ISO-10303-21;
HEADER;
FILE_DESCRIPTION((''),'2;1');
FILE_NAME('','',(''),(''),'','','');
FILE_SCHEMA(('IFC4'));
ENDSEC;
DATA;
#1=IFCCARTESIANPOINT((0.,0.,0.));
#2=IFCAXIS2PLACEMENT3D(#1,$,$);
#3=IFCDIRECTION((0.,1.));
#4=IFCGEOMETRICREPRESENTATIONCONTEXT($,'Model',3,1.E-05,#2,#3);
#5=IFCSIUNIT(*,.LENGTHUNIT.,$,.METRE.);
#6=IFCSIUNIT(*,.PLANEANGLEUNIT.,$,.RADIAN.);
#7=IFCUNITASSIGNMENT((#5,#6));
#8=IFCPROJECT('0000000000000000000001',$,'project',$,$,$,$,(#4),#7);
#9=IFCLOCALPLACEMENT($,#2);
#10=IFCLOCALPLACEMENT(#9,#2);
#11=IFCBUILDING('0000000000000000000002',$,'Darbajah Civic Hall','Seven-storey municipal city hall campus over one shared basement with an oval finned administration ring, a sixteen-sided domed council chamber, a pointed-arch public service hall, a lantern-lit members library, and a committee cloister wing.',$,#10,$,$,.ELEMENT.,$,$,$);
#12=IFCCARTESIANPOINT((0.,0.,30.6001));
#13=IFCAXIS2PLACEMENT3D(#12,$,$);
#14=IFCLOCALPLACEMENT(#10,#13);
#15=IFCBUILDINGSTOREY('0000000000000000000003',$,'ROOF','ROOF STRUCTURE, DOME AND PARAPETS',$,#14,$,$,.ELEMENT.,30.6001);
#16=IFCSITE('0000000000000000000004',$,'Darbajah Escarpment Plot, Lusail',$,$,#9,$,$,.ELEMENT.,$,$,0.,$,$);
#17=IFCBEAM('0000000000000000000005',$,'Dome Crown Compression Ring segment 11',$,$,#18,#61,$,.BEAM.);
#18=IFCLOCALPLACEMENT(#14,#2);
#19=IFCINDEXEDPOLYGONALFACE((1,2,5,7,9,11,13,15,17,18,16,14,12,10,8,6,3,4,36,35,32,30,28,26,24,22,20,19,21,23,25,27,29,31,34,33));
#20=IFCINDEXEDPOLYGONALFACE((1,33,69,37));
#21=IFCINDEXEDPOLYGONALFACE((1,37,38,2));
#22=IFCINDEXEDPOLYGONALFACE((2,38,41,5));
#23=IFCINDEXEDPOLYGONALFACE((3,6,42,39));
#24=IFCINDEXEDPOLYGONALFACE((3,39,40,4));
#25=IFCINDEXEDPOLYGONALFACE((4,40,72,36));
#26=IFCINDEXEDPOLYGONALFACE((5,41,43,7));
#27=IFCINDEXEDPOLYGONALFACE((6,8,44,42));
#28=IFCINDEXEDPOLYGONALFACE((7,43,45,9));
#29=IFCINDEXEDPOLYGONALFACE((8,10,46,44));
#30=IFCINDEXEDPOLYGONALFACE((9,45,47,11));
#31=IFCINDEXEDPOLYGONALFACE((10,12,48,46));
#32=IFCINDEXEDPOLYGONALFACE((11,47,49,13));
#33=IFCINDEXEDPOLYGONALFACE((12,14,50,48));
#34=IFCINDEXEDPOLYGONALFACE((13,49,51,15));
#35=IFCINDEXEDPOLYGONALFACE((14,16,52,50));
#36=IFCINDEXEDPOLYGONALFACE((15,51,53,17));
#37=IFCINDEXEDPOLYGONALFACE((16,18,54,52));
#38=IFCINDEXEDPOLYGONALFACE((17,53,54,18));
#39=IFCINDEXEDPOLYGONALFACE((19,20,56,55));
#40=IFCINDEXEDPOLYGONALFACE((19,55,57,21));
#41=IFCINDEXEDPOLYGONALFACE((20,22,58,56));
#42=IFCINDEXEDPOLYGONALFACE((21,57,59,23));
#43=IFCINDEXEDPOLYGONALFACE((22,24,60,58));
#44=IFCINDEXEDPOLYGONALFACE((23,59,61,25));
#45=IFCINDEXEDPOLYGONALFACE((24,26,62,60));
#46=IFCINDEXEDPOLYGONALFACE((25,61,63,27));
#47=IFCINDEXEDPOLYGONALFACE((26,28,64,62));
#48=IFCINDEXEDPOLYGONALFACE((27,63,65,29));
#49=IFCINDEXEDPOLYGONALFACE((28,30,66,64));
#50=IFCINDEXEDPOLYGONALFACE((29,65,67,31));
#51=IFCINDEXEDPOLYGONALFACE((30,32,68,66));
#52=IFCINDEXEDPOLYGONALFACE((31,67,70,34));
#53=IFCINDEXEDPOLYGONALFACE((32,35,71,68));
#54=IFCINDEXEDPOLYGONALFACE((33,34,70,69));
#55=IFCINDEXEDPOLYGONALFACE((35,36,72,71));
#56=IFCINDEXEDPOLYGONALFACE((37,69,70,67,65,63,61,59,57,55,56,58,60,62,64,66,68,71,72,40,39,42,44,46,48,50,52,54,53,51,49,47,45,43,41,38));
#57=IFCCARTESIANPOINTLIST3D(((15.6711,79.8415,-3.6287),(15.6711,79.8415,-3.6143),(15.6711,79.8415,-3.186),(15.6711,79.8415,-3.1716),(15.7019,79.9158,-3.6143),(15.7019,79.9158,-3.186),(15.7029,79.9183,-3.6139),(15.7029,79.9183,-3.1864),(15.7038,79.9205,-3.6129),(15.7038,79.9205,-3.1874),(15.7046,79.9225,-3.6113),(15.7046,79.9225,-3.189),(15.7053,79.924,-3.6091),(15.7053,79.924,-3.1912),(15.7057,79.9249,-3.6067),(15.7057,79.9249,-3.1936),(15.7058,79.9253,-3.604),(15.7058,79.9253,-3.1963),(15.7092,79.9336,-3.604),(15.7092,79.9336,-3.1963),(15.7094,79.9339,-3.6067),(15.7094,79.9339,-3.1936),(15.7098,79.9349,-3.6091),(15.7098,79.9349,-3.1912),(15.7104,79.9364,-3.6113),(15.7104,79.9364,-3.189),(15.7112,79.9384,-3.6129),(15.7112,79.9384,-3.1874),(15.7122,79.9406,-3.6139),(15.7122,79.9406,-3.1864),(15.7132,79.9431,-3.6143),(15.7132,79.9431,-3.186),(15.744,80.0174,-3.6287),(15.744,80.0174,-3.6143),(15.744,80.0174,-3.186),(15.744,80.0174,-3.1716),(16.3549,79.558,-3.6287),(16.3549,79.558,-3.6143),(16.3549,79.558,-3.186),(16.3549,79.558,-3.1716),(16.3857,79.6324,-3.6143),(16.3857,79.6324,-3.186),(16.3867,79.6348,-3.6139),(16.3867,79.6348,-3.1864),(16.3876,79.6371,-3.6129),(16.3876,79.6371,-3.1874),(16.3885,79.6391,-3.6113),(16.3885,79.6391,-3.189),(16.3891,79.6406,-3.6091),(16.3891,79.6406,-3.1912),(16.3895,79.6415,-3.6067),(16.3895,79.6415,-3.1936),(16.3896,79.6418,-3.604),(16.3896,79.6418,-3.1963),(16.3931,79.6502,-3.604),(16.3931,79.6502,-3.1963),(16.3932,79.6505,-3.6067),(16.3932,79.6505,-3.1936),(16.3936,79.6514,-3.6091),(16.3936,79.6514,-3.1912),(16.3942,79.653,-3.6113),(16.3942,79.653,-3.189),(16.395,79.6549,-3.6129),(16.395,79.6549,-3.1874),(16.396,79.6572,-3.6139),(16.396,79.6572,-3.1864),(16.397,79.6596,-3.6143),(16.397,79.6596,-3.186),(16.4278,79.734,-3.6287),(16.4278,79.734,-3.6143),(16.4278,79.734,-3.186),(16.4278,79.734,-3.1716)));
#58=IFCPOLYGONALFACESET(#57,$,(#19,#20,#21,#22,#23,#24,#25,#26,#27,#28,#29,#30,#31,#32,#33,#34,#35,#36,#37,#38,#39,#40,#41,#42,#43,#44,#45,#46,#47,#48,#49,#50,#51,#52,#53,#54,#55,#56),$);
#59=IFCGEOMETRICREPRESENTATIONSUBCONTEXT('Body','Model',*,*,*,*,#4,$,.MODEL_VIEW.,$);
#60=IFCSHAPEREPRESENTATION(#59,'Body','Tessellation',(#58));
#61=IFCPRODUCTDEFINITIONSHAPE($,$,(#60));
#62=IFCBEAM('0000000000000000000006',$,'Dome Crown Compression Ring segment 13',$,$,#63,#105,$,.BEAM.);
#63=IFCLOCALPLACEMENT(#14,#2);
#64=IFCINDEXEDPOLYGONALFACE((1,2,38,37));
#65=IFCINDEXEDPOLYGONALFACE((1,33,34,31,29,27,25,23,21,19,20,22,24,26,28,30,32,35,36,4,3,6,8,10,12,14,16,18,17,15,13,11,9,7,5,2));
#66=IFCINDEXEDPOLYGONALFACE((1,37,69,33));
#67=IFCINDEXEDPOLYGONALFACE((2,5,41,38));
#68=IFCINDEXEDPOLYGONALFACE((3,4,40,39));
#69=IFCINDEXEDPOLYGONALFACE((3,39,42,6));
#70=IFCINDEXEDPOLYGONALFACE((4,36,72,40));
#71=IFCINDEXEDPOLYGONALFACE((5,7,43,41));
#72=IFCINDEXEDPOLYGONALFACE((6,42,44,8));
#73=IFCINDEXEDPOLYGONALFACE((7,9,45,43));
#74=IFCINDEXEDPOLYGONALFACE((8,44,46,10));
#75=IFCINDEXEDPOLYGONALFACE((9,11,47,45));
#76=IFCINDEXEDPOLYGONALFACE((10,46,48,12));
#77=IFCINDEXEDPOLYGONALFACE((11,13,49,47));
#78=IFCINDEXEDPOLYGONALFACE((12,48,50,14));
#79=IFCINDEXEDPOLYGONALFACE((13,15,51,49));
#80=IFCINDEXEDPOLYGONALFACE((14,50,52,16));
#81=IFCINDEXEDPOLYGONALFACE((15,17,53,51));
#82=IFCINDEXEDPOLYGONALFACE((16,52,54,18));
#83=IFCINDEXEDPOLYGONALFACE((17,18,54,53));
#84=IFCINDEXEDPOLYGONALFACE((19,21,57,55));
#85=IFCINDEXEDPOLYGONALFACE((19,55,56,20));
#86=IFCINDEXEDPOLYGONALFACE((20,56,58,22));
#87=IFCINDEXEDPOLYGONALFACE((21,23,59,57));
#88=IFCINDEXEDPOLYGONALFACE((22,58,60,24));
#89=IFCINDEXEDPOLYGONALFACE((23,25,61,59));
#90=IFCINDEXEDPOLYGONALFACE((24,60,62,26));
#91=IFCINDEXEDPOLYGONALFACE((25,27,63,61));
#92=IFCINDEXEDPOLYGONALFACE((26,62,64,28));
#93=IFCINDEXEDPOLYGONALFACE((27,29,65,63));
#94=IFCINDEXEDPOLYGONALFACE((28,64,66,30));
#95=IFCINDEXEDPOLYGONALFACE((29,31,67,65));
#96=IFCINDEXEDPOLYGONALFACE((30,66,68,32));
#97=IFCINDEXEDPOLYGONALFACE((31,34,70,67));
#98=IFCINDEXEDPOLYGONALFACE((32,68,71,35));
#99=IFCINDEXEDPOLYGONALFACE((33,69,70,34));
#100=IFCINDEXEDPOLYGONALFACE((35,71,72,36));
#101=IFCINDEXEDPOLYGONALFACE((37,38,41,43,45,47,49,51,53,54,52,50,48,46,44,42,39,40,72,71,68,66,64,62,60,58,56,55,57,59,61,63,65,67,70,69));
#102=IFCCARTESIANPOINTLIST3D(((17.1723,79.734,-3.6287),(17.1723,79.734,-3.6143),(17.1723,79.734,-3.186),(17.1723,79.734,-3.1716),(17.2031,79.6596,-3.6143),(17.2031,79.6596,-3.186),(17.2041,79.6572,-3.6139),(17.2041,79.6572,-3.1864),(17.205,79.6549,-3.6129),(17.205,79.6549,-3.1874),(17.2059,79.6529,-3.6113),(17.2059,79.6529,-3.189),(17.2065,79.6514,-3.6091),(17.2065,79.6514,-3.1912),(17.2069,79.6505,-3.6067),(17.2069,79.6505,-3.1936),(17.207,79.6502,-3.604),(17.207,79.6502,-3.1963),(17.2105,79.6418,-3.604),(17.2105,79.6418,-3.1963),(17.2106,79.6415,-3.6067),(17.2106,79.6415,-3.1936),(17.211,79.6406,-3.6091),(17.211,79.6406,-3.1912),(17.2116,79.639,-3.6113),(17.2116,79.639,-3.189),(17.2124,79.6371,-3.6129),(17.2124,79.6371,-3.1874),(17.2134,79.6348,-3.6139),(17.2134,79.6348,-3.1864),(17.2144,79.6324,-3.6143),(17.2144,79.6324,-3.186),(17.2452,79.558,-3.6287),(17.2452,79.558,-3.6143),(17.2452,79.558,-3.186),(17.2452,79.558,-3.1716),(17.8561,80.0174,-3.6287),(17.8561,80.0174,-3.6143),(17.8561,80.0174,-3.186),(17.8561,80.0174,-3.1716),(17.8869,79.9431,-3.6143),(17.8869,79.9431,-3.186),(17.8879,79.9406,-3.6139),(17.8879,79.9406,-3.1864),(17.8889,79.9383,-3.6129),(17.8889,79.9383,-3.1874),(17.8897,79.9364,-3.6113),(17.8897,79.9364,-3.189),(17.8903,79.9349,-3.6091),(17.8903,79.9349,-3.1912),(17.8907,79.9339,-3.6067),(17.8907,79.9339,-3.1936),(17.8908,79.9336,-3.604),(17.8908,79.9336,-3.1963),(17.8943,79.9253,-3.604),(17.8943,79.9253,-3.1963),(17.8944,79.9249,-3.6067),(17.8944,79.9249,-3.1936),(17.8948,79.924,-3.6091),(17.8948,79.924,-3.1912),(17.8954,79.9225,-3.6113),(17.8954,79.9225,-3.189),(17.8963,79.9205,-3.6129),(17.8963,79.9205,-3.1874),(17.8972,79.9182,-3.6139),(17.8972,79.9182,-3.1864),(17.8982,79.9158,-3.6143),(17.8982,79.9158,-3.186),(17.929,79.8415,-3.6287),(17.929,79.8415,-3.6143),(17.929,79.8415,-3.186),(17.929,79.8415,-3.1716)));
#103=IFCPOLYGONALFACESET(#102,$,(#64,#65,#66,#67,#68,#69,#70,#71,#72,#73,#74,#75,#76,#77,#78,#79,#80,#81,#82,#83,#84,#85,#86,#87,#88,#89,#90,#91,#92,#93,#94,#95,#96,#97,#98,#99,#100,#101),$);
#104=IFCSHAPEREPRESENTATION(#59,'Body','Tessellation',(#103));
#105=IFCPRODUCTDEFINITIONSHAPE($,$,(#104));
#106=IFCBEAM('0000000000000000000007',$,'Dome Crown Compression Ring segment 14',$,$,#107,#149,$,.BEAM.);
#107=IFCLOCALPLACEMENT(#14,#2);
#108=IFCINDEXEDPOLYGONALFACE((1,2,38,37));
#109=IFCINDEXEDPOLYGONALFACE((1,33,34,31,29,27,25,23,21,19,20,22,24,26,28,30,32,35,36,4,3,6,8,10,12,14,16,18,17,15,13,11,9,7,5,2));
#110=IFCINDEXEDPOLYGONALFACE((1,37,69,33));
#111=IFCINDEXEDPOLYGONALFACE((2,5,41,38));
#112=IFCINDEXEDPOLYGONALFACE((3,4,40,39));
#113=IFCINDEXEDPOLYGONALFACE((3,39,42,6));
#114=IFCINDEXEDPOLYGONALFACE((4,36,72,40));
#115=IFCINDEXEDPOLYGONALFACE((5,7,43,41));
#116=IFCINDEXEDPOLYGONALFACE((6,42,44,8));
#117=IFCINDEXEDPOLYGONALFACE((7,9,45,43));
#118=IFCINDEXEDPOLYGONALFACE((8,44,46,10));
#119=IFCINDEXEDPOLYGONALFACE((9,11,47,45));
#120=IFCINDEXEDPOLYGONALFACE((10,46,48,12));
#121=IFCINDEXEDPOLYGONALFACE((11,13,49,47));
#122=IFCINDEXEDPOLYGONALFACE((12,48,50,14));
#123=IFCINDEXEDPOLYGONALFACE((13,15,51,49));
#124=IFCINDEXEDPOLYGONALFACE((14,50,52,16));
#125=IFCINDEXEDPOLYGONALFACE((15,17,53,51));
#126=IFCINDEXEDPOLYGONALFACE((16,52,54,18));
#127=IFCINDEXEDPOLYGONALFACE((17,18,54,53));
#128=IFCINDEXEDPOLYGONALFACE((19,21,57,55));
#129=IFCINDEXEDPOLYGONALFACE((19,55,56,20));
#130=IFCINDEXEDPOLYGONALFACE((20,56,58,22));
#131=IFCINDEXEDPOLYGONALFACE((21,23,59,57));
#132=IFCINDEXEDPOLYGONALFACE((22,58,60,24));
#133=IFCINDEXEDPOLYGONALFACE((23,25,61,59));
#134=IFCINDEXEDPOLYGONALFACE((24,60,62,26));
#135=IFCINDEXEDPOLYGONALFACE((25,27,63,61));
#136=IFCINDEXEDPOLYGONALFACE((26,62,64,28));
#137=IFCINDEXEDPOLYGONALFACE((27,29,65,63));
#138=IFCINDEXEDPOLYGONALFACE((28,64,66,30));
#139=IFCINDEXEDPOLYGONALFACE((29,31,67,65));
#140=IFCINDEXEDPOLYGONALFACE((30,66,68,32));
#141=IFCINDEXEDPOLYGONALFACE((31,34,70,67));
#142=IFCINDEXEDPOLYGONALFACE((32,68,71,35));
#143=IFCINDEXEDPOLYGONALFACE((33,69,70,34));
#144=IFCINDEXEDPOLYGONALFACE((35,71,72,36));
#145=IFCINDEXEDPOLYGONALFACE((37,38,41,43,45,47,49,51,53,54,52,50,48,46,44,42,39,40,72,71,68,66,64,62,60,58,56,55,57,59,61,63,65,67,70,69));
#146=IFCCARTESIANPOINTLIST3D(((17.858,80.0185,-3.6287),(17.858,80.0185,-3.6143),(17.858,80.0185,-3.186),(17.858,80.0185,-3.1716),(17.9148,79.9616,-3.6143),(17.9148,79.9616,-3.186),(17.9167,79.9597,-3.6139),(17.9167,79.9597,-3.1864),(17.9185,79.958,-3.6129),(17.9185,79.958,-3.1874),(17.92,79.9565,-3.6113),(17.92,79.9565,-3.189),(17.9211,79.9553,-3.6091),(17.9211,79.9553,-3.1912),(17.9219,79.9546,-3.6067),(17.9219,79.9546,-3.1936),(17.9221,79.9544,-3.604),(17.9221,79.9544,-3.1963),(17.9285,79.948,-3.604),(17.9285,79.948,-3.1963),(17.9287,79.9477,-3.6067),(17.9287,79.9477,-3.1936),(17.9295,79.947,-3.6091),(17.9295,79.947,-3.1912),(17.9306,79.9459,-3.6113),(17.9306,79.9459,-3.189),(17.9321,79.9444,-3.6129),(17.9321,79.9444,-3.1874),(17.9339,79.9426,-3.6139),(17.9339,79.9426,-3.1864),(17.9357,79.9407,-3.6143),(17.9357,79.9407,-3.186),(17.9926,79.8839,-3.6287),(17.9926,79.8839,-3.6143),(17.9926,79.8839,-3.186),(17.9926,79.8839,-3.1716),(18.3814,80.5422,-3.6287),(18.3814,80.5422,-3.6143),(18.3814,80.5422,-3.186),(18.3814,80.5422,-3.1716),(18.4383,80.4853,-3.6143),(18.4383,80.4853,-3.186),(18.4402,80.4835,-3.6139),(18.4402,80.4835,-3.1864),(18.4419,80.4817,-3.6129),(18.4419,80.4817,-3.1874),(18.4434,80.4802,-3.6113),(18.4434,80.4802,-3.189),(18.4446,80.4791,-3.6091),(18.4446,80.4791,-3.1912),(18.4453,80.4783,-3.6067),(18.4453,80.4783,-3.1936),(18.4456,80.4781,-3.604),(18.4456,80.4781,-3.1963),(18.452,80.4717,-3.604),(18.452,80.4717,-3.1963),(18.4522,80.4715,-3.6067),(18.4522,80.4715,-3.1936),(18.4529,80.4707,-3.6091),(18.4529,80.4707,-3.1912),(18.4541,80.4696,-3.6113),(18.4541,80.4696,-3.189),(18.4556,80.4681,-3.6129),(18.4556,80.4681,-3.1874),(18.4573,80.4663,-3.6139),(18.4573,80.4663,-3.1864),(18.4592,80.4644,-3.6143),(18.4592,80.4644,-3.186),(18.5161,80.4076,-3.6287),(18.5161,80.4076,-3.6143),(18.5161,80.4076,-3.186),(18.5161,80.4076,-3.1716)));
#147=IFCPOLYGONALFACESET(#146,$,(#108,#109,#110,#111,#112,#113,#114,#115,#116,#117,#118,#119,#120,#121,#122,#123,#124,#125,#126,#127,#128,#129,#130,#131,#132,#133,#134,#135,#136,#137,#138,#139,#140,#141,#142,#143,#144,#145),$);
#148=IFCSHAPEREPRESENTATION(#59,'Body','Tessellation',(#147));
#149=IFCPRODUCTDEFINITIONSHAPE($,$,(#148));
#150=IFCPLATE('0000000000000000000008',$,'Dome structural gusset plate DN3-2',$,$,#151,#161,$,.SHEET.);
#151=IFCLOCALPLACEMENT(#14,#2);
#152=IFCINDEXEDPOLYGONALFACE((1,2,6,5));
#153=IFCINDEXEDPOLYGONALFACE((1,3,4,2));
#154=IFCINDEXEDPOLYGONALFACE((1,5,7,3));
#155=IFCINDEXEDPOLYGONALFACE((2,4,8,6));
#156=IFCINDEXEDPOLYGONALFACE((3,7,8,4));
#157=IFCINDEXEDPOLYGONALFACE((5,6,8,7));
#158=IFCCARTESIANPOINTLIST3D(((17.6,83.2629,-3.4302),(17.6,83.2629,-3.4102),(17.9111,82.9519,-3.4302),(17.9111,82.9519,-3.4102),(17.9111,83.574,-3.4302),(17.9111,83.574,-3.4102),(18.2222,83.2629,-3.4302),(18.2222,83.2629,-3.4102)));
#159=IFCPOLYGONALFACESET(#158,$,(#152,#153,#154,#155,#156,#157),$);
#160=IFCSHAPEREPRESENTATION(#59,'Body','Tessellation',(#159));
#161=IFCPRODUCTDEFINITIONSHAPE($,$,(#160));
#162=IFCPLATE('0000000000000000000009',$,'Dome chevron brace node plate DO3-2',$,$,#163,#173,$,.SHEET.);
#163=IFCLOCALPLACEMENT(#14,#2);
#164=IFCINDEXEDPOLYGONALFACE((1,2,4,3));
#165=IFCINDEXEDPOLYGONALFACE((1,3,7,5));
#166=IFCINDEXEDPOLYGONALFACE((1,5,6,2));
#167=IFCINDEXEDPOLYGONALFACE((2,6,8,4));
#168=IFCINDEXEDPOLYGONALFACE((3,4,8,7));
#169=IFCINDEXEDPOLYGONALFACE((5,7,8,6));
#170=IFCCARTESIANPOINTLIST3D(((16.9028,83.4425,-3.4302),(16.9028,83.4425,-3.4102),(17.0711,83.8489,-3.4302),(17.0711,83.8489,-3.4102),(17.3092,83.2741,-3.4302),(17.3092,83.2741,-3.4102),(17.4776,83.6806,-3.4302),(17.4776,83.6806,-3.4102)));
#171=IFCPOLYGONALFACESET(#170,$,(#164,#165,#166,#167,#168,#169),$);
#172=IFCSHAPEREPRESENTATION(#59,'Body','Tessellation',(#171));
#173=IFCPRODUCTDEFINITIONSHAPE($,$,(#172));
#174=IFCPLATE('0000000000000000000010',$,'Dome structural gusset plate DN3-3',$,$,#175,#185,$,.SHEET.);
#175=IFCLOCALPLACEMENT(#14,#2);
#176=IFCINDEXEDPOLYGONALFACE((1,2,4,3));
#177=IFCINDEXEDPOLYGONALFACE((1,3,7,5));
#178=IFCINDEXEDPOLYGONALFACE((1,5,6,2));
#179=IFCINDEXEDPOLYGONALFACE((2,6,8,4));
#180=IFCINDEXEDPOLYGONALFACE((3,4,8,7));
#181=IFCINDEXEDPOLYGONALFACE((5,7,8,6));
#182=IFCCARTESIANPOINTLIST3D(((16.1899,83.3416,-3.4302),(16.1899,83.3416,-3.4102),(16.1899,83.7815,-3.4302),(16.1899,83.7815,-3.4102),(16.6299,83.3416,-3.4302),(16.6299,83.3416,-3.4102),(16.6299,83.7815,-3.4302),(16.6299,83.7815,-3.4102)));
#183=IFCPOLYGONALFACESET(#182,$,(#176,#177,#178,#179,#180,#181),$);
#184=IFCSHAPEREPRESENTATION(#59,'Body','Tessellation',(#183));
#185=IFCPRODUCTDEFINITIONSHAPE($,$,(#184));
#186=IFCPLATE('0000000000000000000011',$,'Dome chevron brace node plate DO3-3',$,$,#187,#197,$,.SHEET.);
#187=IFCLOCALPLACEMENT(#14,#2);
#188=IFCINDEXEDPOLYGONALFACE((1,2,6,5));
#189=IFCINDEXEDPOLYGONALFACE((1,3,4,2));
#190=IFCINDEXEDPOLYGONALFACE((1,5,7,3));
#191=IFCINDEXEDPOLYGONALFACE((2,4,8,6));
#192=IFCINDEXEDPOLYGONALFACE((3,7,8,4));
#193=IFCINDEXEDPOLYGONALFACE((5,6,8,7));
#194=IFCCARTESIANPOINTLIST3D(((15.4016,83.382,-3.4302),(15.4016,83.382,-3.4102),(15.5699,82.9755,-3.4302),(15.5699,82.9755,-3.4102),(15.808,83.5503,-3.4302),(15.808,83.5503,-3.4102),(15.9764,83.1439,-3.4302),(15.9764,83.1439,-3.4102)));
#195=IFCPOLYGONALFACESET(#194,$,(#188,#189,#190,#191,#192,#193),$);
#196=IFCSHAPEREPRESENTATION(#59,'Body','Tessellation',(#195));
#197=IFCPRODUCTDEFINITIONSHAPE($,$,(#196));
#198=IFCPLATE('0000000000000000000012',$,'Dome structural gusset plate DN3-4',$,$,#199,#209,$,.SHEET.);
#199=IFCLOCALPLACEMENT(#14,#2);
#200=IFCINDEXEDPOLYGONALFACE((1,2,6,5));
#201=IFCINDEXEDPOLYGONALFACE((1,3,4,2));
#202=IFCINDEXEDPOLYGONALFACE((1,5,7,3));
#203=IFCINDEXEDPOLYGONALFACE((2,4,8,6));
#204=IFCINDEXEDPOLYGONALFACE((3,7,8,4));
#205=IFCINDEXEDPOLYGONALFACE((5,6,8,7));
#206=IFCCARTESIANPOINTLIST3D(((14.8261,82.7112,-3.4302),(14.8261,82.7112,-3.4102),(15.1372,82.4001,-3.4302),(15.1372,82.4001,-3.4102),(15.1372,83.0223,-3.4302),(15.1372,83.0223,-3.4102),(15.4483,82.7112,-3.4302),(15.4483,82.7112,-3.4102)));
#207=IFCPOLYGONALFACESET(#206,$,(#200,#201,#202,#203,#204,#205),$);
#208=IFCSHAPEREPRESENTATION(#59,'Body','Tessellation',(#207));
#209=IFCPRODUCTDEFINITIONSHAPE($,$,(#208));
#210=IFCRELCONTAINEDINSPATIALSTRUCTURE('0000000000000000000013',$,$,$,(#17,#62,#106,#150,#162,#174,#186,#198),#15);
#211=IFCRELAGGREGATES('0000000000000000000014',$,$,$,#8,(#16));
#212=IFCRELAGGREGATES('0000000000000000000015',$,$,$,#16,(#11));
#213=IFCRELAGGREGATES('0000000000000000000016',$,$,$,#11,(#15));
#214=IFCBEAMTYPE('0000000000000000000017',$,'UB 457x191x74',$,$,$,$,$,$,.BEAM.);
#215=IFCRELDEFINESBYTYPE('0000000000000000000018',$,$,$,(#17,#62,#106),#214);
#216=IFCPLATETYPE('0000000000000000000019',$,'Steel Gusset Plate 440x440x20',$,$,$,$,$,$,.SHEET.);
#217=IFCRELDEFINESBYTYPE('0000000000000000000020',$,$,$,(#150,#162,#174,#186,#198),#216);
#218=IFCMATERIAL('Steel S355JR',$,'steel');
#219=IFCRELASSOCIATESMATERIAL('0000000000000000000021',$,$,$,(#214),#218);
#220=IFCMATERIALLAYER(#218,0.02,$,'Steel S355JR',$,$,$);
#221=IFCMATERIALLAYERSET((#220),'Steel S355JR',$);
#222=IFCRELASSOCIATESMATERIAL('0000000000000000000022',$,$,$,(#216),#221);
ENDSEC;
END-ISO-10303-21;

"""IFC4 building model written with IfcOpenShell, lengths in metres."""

from ifc_helpers import new_model, si_unit, direction, frame, origin, origin_2d, place, context, subcontext, project, spatial, rectangle, i_section, extrude, material, layer, layer_set, material_profile, profile_set, type_object, element, save


model = new_model("IFC4")

# Units and contexts
model_context = context("Model", 3, precision=1e-05, world=origin(), true_north=direction((0.0, 1.0)))
body_context = subcontext(model_context, "Body", "Model", "MODEL_VIEW")
ifc_project = project(units=[si_unit("LENGTHUNIT", "METRE"), si_unit("PLANEANGLEUNIT", "RADIAN")], contexts=[model_context])

# Site, building, storey
site_placement = place(None, origin())
site = spatial("IfcSite", under=ifc_project, at=site_placement, Name="Darbajah Escarpment Plot, Lusail", CompositionType="ELEMENT", RefElevation=0.0)
building_placement = place(site_placement, origin())
building = spatial("IfcBuilding", under=site, at=building_placement, Name="Darbajah Civic Hall", Description="Seven-storey municipal city hall campus over one shared basement with an oval finned administration ring, a sixteen-sided domed council chamber, a pointed-arch public service hall, a lantern-lit members library, and a committee cloister wing.", CompositionType="ELEMENT")
storey_placement = place(building_placement, frame((0.0, 0.0, 30.6001)))
storey = spatial("IfcBuildingStorey", under=building, at=storey_placement, Name="ROOF", Description="ROOF STRUCTURE, DOME AND PARAPETS", CompositionType="ELEMENT", Elevation=30.6001)

# Shared definitions
ifc_material = material(Name="Steel S355JR", Category="steel")

# Beams
ifc_material_profile_1 = material_profile(ifc_material, i_section(OverallWidth=0.1904, OverallDepth=0.457, WebThickness=0.009, FlangeThickness=0.0144, FilletRadius=0.0103, at=origin_2d()), Name="UB 457x191x74")
ifc_profile_set_1 = profile_set([ifc_material_profile_1], Name="Steel S355JR")
beam_type_1 = type_object("IfcBeamType", Name="UB 457x191x74", PredefinedType="BEAM", material=ifc_profile_set_1)
for number, where, z_axis, x_axis, name in (
    (1, (15.7075, 79.9294, -3.4001), (0.923788, -0.382905, 0.0), (0.382905, 0.923788, 0.0), "Dome Crown Compression Ring segment 11"),
    (2, (17.2087, 79.646, -3.4001), (0.923788, 0.382905, 0.0), (-0.382905, 0.923788, 0.0), "Dome Crown Compression Ring segment 13"),
):
    element("IfcBeam", number, at=place(storey_placement, frame(where, z_axis=z_axis, x_axis=x_axis)), inside=storey, type_object=beam_type_1, Name=name, PredefinedType="BEAM", context=body_context, shape_type="SweptSolid", body=[
        extrude(i_section(OverallWidth=0.1904, OverallDepth=0.457, WebThickness=0.009, FlangeThickness=0.0144, FilletRadius=0.0103, at=origin_2d()), origin(), (0.0, 0.0, 1.0), 0.7402),
    ])
beam_1_placement = place(storey_placement, frame((17.9253, 79.9512, -3.4001), z_axis=(0.706942, 0.707272, 0.0), x_axis=(-0.707272, 0.706942, 0.0)))
element("IfcBeam", 3, at=beam_1_placement, inside=storey, type_object=beam_type_1, Name="Dome Crown Compression Ring segment 14", PredefinedType="BEAM", context=body_context, shape_type="SweptSolid", body=[
    extrude(i_section(OverallWidth=0.1904, OverallDepth=0.457, WebThickness=0.009, FlangeThickness=0.0144, FilletRadius=0.0103, at=origin_2d()), origin(), (0.0, 0.0, 1.0), 0.7405),
])

# Plates
ifc_layer_1 = layer(ifc_material, 0.02, Name="Steel S355JR")
ifc_layer_set_1 = layer_set([ifc_layer_1], Name="Steel S355JR")
plate_type_1 = type_object("IfcPlateType", Name="Steel Gusset Plate 440x440x20", PredefinedType="SHEET", material=ifc_layer_set_1)
for number, where, z_axis, x_axis, name in (
    (4, (17.9111, 83.2629, -3.4302), (0.0, 0.0, 1.0), (0.707107, 0.707107, 0.0), "Dome structural gusset plate DN3-2"),
    (5, (17.1902, 83.5615, -3.4302), (0.0, 0.0, 1.0), (0.382683, 0.92388, 0.0), "Dome chevron brace node plate DO3-2"),
    (6, (16.4099, 83.5615, -3.4302), (0.0, 0.0, 1.0), (0.0, 1.0, 0.0), "Dome structural gusset plate DN3-3"),
    (7, (15.689, 83.2629, -3.4302), (0.0, 0.0, 1.0), (-0.382683, 0.92388, 0.0), "Dome chevron brace node plate DO3-3"),
    (8, (15.1372, 82.7112, -3.4302), (0.0, 0.0, 1.0), (-0.707107, 0.707107, 0.0), "Dome structural gusset plate DN3-4"),
):
    element("IfcPlate", number, at=place(storey_placement, frame(where, z_axis=z_axis, x_axis=x_axis)), inside=storey, type_object=plate_type_1, Name=name, PredefinedType="SHEET", context=body_context, shape_type="SweptSolid", body=[
        extrude(rectangle(XDim=0.4399, YDim=0.4399, at=origin_2d()), origin(), (0.0, 0.0, 1.0), 0.02),
    ])

save(model, "model.ifc")
